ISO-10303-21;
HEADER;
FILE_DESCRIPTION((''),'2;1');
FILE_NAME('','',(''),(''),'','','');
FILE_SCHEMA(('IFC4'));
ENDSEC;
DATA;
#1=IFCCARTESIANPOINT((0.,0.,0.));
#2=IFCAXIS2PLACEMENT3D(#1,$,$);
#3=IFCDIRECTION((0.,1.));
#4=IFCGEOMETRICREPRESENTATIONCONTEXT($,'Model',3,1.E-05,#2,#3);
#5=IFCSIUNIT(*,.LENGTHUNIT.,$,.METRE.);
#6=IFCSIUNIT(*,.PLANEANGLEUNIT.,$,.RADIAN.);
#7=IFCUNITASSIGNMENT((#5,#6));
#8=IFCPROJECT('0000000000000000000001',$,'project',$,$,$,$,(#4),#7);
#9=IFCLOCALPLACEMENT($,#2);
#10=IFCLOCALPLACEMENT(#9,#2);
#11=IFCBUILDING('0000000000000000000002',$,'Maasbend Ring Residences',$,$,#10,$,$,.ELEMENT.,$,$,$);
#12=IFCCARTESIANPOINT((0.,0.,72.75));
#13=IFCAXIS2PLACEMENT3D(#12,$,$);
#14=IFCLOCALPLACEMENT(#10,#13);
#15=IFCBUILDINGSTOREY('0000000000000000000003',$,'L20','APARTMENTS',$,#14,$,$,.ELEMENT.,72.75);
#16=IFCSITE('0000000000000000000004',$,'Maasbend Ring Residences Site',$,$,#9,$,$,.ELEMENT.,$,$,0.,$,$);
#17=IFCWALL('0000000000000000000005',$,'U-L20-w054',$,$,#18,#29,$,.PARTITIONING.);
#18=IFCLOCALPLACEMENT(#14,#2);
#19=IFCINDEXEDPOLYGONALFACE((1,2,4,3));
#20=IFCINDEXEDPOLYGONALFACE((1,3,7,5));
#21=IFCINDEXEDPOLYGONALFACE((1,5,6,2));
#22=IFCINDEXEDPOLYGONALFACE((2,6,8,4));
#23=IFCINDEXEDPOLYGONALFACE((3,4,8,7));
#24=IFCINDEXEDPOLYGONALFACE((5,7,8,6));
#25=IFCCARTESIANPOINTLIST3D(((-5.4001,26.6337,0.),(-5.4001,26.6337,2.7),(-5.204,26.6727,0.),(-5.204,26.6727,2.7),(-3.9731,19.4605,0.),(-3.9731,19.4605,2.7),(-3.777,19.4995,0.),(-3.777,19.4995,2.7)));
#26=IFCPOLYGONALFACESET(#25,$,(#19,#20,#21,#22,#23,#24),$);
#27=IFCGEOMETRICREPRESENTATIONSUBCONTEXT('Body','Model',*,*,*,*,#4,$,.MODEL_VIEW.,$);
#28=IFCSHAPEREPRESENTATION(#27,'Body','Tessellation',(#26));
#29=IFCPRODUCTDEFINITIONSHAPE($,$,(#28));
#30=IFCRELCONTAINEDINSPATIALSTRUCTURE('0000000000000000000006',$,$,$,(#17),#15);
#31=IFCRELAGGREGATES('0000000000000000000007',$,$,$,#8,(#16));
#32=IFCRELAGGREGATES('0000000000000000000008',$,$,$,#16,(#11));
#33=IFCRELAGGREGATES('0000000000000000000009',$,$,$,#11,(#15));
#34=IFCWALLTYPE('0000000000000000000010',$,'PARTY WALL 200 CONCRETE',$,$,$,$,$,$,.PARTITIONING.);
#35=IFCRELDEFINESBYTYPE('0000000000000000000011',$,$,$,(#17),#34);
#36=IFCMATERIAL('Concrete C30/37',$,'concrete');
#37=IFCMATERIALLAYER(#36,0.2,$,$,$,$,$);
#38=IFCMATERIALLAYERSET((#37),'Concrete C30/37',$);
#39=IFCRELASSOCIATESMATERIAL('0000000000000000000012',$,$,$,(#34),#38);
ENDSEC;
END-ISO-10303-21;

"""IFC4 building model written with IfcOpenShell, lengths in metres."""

from ifc_helpers import new_model, si_unit, direction, frame, frame_2d, origin, place, context, subcontext, project, spatial, rectangle, extrude, material, layer, layer_set, type_object, element, save


model = new_model("IFC4")

# Units and contexts
model_context = context("Model", 3, precision=1e-05, world=origin(), true_north=direction((0.0, 1.0)))
body_context = subcontext(model_context, "Body", "Model", "MODEL_VIEW")
ifc_project = project(units=[si_unit("LENGTHUNIT", "METRE"), si_unit("PLANEANGLEUNIT", "RADIAN")], contexts=[model_context])

# Site, building, storey
site_placement = place(None, origin())
site = spatial("IfcSite", under=ifc_project, at=site_placement, Name="Maasbend Ring Residences Site", CompositionType="ELEMENT", RefElevation=0.0)
building_placement = place(site_placement, origin())
building = spatial("IfcBuilding", under=site, at=building_placement, Name="Maasbend Ring Residences", CompositionType="ELEMENT")
storey_placement = place(building_placement, frame((0.0, 0.0, 72.75)))
storey = spatial("IfcBuildingStorey", under=building, at=storey_placement, Name="L20", Description="APARTMENTS", CompositionType="ELEMENT", Elevation=72.75)

# Wall
ifc_material_1 = material(Name="Concrete C30/37", Category="concrete")
ifc_layer_1 = layer(ifc_material_1, 0.2)
ifc_layer_set_1 = layer_set([ifc_layer_1], Name="Concrete C30/37")
wall_type_1 = type_object("IfcWallType", Name="PARTY WALL 200 CONCRETE", PredefinedType="PARTITIONING", material=ifc_layer_set_1)
wall_1_placement = place(storey_placement, frame((-5.302, 26.6531, 0.0), z_axis=(0.0, 0.0, 1.0), x_axis=(0.195115, -0.98078, 0.0)))
element("IfcWall", 1, at=wall_1_placement, inside=storey, type_object=wall_type_1, Name="U-L20-w054", PredefinedType="PARTITIONING", context=body_context, shape_type="SweptSolid", body=[
    extrude(rectangle(XDim=7.3137, YDim=0.2, at=frame_2d((3.6567, 0.0))), origin(), (0.0, 0.0, 1.0), 2.7),
])

save(model, "model.ifc")
